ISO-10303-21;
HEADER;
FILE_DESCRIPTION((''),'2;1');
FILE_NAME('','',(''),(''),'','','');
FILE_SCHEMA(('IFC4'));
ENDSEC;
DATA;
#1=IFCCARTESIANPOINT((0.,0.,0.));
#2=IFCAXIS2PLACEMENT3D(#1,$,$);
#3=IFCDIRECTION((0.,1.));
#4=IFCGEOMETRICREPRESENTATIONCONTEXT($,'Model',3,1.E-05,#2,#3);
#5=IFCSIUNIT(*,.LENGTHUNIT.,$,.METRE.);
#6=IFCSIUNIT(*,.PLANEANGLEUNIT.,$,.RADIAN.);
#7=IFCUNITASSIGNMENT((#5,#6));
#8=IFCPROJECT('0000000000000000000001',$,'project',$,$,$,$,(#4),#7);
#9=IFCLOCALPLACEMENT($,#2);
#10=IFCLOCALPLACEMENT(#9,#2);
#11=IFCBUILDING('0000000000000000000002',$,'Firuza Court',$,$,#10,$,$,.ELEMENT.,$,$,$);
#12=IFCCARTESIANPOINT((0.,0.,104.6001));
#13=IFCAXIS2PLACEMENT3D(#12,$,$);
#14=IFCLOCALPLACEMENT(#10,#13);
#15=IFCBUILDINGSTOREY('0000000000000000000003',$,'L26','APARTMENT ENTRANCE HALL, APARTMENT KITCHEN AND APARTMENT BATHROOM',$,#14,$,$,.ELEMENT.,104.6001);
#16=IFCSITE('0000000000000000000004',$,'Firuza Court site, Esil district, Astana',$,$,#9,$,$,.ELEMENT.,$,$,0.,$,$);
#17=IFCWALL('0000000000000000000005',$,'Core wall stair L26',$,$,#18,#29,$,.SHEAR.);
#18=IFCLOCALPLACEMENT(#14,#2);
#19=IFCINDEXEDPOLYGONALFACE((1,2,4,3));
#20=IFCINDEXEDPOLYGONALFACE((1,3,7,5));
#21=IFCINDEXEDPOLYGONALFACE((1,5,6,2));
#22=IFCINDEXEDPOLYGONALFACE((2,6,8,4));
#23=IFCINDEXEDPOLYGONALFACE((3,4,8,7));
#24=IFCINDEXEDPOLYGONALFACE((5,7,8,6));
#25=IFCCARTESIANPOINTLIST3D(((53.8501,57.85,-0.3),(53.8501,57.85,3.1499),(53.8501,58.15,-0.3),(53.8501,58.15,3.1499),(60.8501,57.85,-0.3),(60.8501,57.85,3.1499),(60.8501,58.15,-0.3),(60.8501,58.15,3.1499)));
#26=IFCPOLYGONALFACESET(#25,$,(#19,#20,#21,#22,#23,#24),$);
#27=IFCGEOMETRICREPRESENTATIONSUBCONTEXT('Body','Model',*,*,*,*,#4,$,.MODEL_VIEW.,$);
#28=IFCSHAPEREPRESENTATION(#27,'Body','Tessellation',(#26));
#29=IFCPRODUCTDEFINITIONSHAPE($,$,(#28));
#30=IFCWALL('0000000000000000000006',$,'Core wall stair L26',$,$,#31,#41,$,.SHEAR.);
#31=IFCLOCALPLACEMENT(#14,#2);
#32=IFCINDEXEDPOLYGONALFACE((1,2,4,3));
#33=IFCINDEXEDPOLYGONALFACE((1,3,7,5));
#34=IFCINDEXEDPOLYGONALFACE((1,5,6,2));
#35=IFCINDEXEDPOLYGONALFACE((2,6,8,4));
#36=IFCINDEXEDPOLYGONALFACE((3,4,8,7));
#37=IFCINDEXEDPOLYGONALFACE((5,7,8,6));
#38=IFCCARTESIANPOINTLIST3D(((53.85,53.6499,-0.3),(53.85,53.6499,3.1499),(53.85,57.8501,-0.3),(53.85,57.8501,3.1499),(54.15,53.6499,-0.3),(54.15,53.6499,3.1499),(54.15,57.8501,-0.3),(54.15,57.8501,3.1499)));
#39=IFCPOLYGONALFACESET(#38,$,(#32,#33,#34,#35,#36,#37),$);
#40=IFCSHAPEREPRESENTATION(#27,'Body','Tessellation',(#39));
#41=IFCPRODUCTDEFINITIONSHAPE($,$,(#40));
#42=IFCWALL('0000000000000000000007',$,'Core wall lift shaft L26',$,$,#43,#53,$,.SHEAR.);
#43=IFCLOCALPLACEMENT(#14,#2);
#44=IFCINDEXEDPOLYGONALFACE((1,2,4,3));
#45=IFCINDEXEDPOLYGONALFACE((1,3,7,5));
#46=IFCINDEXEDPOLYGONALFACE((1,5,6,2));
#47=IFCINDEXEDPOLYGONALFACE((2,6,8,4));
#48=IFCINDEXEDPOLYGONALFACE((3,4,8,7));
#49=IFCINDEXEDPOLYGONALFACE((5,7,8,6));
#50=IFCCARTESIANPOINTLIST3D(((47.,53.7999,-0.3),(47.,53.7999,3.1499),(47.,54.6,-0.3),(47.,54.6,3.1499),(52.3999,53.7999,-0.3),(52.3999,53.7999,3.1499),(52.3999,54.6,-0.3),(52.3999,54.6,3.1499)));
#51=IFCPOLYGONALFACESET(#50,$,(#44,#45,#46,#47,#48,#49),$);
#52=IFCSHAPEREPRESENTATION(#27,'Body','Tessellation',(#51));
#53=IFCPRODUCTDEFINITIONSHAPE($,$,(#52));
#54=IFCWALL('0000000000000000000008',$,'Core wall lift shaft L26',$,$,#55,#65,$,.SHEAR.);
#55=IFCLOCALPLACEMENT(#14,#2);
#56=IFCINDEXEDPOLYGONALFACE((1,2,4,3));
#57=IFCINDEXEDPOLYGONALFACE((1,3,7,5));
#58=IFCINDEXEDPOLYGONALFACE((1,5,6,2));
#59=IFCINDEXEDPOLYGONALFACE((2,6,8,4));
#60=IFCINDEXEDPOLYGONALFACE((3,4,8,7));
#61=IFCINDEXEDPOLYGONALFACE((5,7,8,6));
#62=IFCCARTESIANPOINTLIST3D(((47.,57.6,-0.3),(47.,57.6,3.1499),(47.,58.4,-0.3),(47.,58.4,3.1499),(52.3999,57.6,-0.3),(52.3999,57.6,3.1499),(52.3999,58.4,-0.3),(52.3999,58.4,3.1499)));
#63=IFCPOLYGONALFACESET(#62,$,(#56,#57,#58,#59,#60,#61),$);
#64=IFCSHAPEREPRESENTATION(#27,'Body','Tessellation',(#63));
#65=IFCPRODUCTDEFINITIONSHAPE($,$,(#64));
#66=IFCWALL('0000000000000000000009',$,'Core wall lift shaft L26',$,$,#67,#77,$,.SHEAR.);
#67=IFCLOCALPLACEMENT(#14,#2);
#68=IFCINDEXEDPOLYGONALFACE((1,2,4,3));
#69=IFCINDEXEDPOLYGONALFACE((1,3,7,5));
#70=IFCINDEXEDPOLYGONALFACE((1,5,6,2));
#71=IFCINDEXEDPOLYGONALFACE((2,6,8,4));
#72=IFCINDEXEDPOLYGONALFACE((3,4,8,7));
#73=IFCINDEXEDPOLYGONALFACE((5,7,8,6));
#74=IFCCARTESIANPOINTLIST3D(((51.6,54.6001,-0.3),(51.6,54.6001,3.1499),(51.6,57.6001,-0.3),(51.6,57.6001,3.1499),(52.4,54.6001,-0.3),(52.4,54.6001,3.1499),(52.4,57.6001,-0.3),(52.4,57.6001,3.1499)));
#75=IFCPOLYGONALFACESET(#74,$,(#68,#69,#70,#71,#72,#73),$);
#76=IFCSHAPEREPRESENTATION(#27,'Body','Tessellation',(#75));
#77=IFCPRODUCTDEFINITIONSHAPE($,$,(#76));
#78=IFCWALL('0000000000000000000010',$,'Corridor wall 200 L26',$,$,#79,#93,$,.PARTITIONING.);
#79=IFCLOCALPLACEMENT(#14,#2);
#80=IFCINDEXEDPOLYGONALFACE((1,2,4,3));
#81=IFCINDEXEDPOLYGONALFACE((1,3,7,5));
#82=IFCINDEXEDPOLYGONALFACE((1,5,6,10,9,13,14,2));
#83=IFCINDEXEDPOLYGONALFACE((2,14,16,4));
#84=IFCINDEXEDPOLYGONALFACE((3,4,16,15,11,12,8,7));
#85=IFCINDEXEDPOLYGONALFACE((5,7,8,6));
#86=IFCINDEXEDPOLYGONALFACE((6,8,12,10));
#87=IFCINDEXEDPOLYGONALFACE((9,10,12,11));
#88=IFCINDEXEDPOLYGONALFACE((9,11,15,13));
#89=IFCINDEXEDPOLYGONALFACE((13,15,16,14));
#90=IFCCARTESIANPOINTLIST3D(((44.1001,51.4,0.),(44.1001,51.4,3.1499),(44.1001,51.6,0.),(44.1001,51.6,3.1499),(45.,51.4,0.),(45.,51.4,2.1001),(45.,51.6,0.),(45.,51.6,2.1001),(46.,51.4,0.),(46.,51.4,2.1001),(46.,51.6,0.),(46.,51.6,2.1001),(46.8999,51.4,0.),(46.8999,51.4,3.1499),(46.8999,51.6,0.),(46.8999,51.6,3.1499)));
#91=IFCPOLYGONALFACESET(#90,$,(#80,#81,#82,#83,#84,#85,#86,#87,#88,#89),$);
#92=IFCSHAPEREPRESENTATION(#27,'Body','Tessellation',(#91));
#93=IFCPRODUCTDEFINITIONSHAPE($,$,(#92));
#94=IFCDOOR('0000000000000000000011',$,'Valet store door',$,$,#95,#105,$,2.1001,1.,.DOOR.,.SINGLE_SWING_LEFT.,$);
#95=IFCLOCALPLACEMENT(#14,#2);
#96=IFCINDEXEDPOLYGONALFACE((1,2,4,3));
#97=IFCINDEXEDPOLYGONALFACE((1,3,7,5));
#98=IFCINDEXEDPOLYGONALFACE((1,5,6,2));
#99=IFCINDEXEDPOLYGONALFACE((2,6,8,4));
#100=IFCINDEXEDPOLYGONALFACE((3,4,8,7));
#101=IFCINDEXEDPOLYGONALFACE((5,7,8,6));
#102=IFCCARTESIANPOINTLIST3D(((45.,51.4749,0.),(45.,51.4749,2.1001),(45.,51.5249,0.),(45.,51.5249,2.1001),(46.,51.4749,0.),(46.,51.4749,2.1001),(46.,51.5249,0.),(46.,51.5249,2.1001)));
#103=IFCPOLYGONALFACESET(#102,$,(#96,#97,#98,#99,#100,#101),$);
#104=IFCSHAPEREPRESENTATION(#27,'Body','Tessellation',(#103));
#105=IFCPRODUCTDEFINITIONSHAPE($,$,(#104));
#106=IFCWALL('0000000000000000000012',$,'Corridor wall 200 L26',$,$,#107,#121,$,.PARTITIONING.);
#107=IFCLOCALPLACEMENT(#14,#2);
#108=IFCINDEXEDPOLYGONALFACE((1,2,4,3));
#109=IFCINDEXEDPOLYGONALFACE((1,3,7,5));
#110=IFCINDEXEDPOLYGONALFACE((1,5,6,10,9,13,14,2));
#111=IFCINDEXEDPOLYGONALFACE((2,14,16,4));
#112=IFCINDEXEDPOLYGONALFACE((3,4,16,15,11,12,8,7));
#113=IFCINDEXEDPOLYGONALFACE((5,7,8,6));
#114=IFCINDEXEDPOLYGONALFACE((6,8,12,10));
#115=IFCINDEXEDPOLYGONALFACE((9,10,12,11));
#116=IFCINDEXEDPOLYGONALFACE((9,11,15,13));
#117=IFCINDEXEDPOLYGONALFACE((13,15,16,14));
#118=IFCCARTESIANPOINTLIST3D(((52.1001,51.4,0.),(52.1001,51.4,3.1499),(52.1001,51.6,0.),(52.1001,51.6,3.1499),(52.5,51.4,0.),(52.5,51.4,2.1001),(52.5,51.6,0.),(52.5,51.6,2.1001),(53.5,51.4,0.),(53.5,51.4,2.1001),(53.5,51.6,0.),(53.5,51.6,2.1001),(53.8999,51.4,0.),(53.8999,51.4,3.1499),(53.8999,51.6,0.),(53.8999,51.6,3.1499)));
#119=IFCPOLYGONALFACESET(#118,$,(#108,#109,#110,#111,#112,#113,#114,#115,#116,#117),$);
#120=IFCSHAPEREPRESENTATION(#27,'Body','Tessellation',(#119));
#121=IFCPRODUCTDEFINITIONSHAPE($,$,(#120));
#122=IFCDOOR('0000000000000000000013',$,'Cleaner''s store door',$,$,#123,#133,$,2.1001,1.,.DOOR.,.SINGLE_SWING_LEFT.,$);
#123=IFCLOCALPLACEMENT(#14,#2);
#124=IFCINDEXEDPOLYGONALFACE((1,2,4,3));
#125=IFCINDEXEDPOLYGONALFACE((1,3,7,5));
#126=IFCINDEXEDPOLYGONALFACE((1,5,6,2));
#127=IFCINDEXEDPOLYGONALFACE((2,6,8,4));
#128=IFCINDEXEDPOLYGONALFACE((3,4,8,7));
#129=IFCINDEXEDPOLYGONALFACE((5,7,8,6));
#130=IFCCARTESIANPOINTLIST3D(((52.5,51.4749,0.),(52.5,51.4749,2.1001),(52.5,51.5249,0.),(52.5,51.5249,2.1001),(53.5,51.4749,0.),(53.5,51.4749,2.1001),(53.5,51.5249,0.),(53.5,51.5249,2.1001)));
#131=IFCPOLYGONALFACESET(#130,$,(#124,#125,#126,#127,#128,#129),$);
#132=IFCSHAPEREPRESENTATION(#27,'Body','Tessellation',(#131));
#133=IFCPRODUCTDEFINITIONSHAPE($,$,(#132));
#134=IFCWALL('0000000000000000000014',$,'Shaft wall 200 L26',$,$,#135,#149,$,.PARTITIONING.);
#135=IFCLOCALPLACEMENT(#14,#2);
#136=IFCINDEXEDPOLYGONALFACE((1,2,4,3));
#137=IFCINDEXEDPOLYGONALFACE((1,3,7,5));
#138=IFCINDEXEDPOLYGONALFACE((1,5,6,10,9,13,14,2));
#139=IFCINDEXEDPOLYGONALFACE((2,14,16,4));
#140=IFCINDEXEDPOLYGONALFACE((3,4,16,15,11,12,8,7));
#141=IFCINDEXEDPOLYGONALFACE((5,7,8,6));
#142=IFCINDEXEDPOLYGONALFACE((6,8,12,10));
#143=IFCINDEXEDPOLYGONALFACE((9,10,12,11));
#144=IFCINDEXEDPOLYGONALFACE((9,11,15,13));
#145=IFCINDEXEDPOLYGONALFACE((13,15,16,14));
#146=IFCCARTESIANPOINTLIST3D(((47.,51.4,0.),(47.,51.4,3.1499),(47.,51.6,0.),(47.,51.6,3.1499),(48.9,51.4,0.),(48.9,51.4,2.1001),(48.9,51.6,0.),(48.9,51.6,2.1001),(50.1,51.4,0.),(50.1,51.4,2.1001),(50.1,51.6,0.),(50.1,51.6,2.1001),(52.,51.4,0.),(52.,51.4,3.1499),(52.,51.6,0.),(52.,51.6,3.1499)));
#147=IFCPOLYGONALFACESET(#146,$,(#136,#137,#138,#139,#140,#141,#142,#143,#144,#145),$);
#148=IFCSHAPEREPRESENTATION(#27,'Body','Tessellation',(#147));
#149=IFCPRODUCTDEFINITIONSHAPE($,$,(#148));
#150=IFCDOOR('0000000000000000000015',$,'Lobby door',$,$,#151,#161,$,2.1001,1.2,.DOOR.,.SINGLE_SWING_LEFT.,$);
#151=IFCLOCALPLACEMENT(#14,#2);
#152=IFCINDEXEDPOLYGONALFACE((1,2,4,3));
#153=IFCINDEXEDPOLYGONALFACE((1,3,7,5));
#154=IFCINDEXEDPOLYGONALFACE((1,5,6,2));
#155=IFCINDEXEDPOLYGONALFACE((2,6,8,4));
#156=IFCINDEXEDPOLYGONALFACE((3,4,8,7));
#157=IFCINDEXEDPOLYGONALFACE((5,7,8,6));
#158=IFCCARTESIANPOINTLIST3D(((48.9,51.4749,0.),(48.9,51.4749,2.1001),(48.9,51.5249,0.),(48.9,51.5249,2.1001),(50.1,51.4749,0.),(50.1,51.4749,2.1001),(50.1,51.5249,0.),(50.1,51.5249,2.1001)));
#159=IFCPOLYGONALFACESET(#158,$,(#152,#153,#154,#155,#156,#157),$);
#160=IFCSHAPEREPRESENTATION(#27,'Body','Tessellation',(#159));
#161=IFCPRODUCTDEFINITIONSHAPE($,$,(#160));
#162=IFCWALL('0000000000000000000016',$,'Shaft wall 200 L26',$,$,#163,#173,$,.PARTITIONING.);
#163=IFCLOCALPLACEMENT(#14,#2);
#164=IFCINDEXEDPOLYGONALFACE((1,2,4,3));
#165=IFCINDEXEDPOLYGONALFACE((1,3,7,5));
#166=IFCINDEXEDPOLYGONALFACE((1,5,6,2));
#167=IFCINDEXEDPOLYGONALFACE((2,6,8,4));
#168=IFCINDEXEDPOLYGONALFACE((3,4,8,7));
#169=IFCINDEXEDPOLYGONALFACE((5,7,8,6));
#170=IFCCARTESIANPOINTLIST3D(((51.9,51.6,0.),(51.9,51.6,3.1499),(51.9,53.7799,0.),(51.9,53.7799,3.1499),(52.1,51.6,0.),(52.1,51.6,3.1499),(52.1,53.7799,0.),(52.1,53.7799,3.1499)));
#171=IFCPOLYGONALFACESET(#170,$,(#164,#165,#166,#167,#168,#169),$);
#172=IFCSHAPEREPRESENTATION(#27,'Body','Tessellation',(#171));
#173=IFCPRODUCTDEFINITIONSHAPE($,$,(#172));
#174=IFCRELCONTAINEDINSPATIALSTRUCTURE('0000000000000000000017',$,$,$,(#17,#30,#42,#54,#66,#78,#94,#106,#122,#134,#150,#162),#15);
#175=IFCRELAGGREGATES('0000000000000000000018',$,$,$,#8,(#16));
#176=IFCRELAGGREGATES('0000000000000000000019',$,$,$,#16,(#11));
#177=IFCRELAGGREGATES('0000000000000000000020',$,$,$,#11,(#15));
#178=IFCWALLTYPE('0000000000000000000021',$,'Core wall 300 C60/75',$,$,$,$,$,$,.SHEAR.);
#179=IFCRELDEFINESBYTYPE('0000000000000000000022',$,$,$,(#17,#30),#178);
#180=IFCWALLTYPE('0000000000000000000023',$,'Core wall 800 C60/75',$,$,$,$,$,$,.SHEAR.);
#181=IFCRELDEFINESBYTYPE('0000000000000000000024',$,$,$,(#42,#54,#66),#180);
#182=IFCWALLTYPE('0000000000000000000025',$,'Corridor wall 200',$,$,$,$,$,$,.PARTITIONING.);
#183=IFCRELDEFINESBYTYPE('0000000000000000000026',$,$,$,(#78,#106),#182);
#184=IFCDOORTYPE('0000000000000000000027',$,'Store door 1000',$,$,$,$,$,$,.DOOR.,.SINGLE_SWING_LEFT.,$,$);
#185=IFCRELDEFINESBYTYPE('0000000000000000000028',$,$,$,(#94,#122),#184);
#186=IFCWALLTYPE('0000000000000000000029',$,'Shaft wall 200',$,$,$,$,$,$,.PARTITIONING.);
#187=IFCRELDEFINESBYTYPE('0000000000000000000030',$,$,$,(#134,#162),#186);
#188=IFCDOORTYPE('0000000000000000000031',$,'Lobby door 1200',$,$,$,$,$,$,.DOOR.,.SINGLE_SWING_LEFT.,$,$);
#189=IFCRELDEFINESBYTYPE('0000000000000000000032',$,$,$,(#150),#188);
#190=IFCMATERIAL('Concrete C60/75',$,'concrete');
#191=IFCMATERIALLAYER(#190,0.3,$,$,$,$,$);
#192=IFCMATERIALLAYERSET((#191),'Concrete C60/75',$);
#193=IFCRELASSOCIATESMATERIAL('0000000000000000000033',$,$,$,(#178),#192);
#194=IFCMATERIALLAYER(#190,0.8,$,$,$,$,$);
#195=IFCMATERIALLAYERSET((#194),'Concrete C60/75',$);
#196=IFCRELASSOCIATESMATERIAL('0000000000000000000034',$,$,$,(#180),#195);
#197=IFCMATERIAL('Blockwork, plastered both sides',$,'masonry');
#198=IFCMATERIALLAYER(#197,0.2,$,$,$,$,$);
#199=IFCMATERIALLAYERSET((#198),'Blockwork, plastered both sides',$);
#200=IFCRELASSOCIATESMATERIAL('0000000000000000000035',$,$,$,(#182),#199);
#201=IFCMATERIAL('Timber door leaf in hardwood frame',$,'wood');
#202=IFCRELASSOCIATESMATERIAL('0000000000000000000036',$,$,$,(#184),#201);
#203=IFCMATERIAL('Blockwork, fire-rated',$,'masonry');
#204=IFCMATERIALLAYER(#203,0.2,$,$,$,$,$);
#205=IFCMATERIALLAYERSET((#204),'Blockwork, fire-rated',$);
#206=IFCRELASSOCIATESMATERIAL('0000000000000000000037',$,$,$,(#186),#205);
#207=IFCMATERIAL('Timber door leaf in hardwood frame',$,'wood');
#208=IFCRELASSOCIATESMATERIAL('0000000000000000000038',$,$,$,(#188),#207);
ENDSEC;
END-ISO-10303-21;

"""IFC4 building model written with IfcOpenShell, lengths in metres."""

from ifc_helpers import new_model, si_unit, direction, frame, frame_2d, origin, place, context, subcontext, project, spatial, rectangle, extrude, material, layer, layer_set, type_object, element, fill, save


model = new_model("IFC4")

# Units and contexts
model_context = context("Model", 3, precision=1e-05, world=origin(), true_north=direction((0.0, 1.0)))
body_context = subcontext(model_context, "Body", "Model", "MODEL_VIEW")
ifc_project = project(units=[si_unit("LENGTHUNIT", "METRE"), si_unit("PLANEANGLEUNIT", "RADIAN")], contexts=[model_context])

# Site, building, storey
site_placement = place(None, origin())
site = spatial("IfcSite", under=ifc_project, at=site_placement, Name="Firuza Court site, Esil district, Astana", CompositionType="ELEMENT", RefElevation=0.0)
building_placement = place(site_placement, origin())
building = spatial("IfcBuilding", under=site, at=building_placement, Name="Firuza Court", CompositionType="ELEMENT")
storey_placement = place(building_placement, frame((0.0, 0.0, 104.6001)))
storey = spatial("IfcBuildingStorey", under=building, at=storey_placement, Name="L26", Description="APARTMENT ENTRANCE HALL, APARTMENT KITCHEN AND APARTMENT BATHROOM", CompositionType="ELEMENT", Elevation=104.6001)

# Shared definitions
ifc_material_1 = material(Name="Concrete C60/75", Category="concrete")
ifc_layer_1 = layer(ifc_material_1, 0.3)
ifc_layer_set_1 = layer_set([ifc_layer_1], Name="Concrete C60/75")
wall_type_1 = type_object("IfcWallType", Name="Core wall 300 C60/75", PredefinedType="SHEAR", material=ifc_layer_set_1)

# Walls
wall_1_placement = place(storey_placement, frame((53.8501, 58.0, -0.3), z_axis=(0.0, 0.0, 1.0), x_axis=(1.0, 0.0, 0.0)))
element("IfcWall", 1, at=wall_1_placement, inside=storey, type_object=wall_type_1, Name="Core wall stair L26", PredefinedType="SHEAR", context=body_context, shape_type="SweptSolid", body=[
    extrude(rectangle(XDim=7.0, YDim=0.3, at=frame_2d((3.5, 0.0))), origin(), (0.0, 0.0, 1.0), 3.45),
])
wall_2_placement = place(storey_placement, frame((54.0, 53.6499, -0.3), z_axis=(0.0, 0.0, 1.0), x_axis=(0.0, 1.0, 0.0)))
element("IfcWall", 2, at=wall_2_placement, inside=storey, type_object=wall_type_1, Name="Core wall stair L26", PredefinedType="SHEAR", context=body_context, shape_type="SweptSolid", body=[
    extrude(rectangle(XDim=4.2002, YDim=0.3, at=frame_2d((2.1001, 0.0))), origin(), (0.0, 0.0, 1.0), 3.45),
])
ifc_layer_2 = layer(ifc_material_1, 0.8)
ifc_layer_set_2 = layer_set([ifc_layer_2], Name="Concrete C60/75")
wall_type_2 = type_object("IfcWallType", Name="Core wall 800 C60/75", PredefinedType="SHEAR", material=ifc_layer_set_2)
for number, where, z_axis, x_axis, name in (
    (3, (47.0, 54.2, -0.3), (0.0, 0.0, 1.0), (1.0, 0.0, 0.0), "Core wall lift shaft L26"),
    (4, (47.0, 58.0, -0.3), (0.0, 0.0, 1.0), (1.0, 0.0, 0.0), "Core wall lift shaft L26"),
):
    element("IfcWall", number, at=place(storey_placement, frame(where, z_axis=z_axis, x_axis=x_axis)), inside=storey, type_object=wall_type_2, Name=name, PredefinedType="SHEAR", context=body_context, shape_type="SweptSolid", body=[
        extrude(rectangle(XDim=5.3999, YDim=0.8, at=frame_2d((2.7, 0.0))), origin(), (0.0, 0.0, 1.0), 3.45),
    ])
wall_3_placement = place(storey_placement, frame((52.0, 54.6001, -0.3), z_axis=(0.0, 0.0, 1.0), x_axis=(0.0, 1.0, 0.0)))
element("IfcWall", 5, at=wall_3_placement, inside=storey, type_object=wall_type_2, Name="Core wall lift shaft L26", PredefinedType="SHEAR", context=body_context, shape_type="SweptSolid", body=[
    extrude(rectangle(XDim=3.0, YDim=0.8, at=frame_2d((1.5, 0.0))), origin(), (0.0, 0.0, 1.0), 3.45),
])

# Walls, openings, doors
ifc_material_2 = material(Name="Blockwork, plastered both sides", Category="masonry")
ifc_layer_3 = layer(ifc_material_2, 0.2)
ifc_layer_set_3 = layer_set([ifc_layer_3], Name="Blockwork, plastered both sides")
wall_type_3 = type_object("IfcWallType", Name="Corridor wall 200", PredefinedType="PARTITIONING", material=ifc_layer_set_3)
wall_4_placement = place(storey_placement, frame((44.1001, 51.5, 0.0), z_axis=(0.0, 0.0, 1.0), x_axis=(1.0, 0.0, 0.0)))
wall_4 = element("IfcWall", 6, at=wall_4_placement, inside=storey, type_object=wall_type_3, Name="Corridor wall 200 L26", PredefinedType="PARTITIONING", context=body_context, shape_type="SweptSolid", body=[
    extrude(rectangle(XDim=2.7998, YDim=0.2, at=frame_2d((1.3999, 0.0))), origin(), (0.0, 0.0, 1.0), 3.1499),
])
opening_1_placement = place(wall_4_placement, frame((0.8999, 0.0, 0.0)))
opening_1 = element("IfcOpeningElement", 7, at=opening_1_placement, cuts=wall_4, PredefinedType="OPENING", context=body_context, shape_type="SweptSolid", body=[
    extrude(rectangle(XDim=1.0, YDim=2.1001, at=frame_2d((0.5, 1.05))), frame((0.0, 0.1118, 0.0), z_axis=(0.0, -1.0, 0.0), x_axis=(1.0, 0.0, 0.0)), (0.0, 0.0, 1.0), 0.2239),
])
ifc_material_3 = material(Name="Timber door leaf in hardwood frame", Category="wood")
door_type_1 = type_object("IfcDoorType", Name="Store door 1000", OperationType="SINGLE_SWING_LEFT", PredefinedType="DOOR", material=ifc_material_3)
door_1_placement = place(opening_1_placement, origin())
door_1 = element("IfcDoor", 8, at=door_1_placement, inside=storey, type_object=door_type_1, Name="Valet store door", OperationType="SINGLE_SWING_LEFT", OverallHeight=2.1001, OverallWidth=1.0, PredefinedType="DOOR", context=body_context, shape_type="SweptSolid", body=[
    extrude(rectangle(XDim=1.0, YDim=2.1001, at=frame_2d((0.5, 1.05))), frame((0.0, 0.0249, 0.0), z_axis=(0.0, -1.0, 0.0), x_axis=(1.0, 0.0, 0.0)), (0.0, 0.0, 1.0), 0.05),
])
fill(opening_1, door_1)
wall_5_placement = place(storey_placement, frame((52.1001, 51.5, 0.0), z_axis=(0.0, 0.0, 1.0), x_axis=(1.0, 0.0, 0.0)))
wall_5 = element("IfcWall", 9, at=wall_5_placement, inside=storey, type_object=wall_type_3, Name="Corridor wall 200 L26", PredefinedType="PARTITIONING", context=body_context, shape_type="SweptSolid", body=[
    extrude(rectangle(XDim=1.7998, YDim=0.2, at=frame_2d((0.8999, 0.0))), origin(), (0.0, 0.0, 1.0), 3.1499),
])
opening_2_placement = place(wall_5_placement, frame((0.3999, 0.0, 0.0)))
opening_2 = element("IfcOpeningElement", 10, at=opening_2_placement, cuts=wall_5, PredefinedType="OPENING", context=body_context, shape_type="SweptSolid", body=[
    extrude(rectangle(XDim=1.0, YDim=2.1001, at=frame_2d((0.5, 1.05))), frame((0.0, 0.1118, 0.0), z_axis=(0.0, -1.0, 0.0), x_axis=(1.0, 0.0, 0.0)), (0.0, 0.0, 1.0), 0.2239),
])
door_2_placement = place(opening_2_placement, origin())
door_2 = element("IfcDoor", 11, at=door_2_placement, inside=storey, type_object=door_type_1, Name="Cleaner's store door", OperationType="SINGLE_SWING_LEFT", OverallHeight=2.1001, OverallWidth=1.0, PredefinedType="DOOR", context=body_context, shape_type="SweptSolid", body=[
    extrude(rectangle(XDim=1.0, YDim=2.1001, at=frame_2d((0.5, 1.05))), frame((0.0, 0.0249, 0.0), z_axis=(0.0, -1.0, 0.0), x_axis=(1.0, 0.0, 0.0)), (0.0, 0.0, 1.0), 0.05),
])
fill(opening_2, door_2)
ifc_material_4 = material(Name="Blockwork, fire-rated", Category="masonry")
ifc_layer_4 = layer(ifc_material_4, 0.2)
ifc_layer_set_4 = layer_set([ifc_layer_4], Name="Blockwork, fire-rated")
wall_type_4 = type_object("IfcWallType", Name="Shaft wall 200", PredefinedType="PARTITIONING", material=ifc_layer_set_4)
wall_6_placement = place(storey_placement, frame((47.0, 51.5, 0.0), z_axis=(0.0, 0.0, 1.0), x_axis=(1.0, 0.0, 0.0)))
wall_6 = element("IfcWall", 12, at=wall_6_placement, inside=storey, type_object=wall_type_4, Name="Shaft wall 200 L26", PredefinedType="PARTITIONING", context=body_context, shape_type="SweptSolid", body=[
    extrude(rectangle(XDim=5.0, YDim=0.2, at=frame_2d((2.5, 0.0))), origin(), (0.0, 0.0, 1.0), 3.1499),
])
opening_3_placement = place(wall_6_placement, frame((1.8999, 0.0, 0.0)))
opening_3 = element("IfcOpeningElement", 13, at=opening_3_placement, cuts=wall_6, PredefinedType="OPENING", context=body_context, shape_type="SweptSolid", body=[
    extrude(rectangle(XDim=1.2, YDim=2.1001, at=frame_2d((0.6001, 1.05))), frame((0.0, 0.1118, 0.0), z_axis=(0.0, -1.0, 0.0), x_axis=(1.0, 0.0, 0.0)), (0.0, 0.0, 1.0), 0.2239),
])
ifc_material_5 = material(Name="Timber door leaf in hardwood frame", Category="wood")
door_type_2 = type_object("IfcDoorType", Name="Lobby door 1200", OperationType="SINGLE_SWING_LEFT", PredefinedType="DOOR", material=ifc_material_5)
door_3_placement = place(opening_3_placement, origin())
door_3 = element("IfcDoor", 14, at=door_3_placement, inside=storey, type_object=door_type_2, Name="Lobby door", OperationType="SINGLE_SWING_LEFT", OverallHeight=2.1001, OverallWidth=1.2, PredefinedType="DOOR", context=body_context, shape_type="SweptSolid", body=[
    extrude(rectangle(XDim=1.2, YDim=2.1001, at=frame_2d((0.6001, 1.05))), frame((0.0, 0.0249, 0.0), z_axis=(0.0, -1.0, 0.0), x_axis=(1.0, 0.0, 0.0)), (0.0, 0.0, 1.0), 0.05),
])
fill(opening_3, door_3)

# Wall
for number, where, z_axis, x_axis, name in (
    (15, (52.0, 51.6001, 0.0), (0.0, 0.0, 1.0), (0.0, 1.0, 0.0), "Shaft wall 200 L26"),
):
    element("IfcWall", number, at=place(storey_placement, frame(where, z_axis=z_axis, x_axis=x_axis)), inside=storey, type_object=wall_type_4, Name=name, PredefinedType="PARTITIONING", context=body_context, shape_type="SweptSolid", body=[
        extrude(rectangle(XDim=2.1799, YDim=0.2, at=frame_2d((1.0898, 0.0))), origin(), (0.0, 0.0, 1.0), 3.1499),
    ])

save(model, "model.ifc")
